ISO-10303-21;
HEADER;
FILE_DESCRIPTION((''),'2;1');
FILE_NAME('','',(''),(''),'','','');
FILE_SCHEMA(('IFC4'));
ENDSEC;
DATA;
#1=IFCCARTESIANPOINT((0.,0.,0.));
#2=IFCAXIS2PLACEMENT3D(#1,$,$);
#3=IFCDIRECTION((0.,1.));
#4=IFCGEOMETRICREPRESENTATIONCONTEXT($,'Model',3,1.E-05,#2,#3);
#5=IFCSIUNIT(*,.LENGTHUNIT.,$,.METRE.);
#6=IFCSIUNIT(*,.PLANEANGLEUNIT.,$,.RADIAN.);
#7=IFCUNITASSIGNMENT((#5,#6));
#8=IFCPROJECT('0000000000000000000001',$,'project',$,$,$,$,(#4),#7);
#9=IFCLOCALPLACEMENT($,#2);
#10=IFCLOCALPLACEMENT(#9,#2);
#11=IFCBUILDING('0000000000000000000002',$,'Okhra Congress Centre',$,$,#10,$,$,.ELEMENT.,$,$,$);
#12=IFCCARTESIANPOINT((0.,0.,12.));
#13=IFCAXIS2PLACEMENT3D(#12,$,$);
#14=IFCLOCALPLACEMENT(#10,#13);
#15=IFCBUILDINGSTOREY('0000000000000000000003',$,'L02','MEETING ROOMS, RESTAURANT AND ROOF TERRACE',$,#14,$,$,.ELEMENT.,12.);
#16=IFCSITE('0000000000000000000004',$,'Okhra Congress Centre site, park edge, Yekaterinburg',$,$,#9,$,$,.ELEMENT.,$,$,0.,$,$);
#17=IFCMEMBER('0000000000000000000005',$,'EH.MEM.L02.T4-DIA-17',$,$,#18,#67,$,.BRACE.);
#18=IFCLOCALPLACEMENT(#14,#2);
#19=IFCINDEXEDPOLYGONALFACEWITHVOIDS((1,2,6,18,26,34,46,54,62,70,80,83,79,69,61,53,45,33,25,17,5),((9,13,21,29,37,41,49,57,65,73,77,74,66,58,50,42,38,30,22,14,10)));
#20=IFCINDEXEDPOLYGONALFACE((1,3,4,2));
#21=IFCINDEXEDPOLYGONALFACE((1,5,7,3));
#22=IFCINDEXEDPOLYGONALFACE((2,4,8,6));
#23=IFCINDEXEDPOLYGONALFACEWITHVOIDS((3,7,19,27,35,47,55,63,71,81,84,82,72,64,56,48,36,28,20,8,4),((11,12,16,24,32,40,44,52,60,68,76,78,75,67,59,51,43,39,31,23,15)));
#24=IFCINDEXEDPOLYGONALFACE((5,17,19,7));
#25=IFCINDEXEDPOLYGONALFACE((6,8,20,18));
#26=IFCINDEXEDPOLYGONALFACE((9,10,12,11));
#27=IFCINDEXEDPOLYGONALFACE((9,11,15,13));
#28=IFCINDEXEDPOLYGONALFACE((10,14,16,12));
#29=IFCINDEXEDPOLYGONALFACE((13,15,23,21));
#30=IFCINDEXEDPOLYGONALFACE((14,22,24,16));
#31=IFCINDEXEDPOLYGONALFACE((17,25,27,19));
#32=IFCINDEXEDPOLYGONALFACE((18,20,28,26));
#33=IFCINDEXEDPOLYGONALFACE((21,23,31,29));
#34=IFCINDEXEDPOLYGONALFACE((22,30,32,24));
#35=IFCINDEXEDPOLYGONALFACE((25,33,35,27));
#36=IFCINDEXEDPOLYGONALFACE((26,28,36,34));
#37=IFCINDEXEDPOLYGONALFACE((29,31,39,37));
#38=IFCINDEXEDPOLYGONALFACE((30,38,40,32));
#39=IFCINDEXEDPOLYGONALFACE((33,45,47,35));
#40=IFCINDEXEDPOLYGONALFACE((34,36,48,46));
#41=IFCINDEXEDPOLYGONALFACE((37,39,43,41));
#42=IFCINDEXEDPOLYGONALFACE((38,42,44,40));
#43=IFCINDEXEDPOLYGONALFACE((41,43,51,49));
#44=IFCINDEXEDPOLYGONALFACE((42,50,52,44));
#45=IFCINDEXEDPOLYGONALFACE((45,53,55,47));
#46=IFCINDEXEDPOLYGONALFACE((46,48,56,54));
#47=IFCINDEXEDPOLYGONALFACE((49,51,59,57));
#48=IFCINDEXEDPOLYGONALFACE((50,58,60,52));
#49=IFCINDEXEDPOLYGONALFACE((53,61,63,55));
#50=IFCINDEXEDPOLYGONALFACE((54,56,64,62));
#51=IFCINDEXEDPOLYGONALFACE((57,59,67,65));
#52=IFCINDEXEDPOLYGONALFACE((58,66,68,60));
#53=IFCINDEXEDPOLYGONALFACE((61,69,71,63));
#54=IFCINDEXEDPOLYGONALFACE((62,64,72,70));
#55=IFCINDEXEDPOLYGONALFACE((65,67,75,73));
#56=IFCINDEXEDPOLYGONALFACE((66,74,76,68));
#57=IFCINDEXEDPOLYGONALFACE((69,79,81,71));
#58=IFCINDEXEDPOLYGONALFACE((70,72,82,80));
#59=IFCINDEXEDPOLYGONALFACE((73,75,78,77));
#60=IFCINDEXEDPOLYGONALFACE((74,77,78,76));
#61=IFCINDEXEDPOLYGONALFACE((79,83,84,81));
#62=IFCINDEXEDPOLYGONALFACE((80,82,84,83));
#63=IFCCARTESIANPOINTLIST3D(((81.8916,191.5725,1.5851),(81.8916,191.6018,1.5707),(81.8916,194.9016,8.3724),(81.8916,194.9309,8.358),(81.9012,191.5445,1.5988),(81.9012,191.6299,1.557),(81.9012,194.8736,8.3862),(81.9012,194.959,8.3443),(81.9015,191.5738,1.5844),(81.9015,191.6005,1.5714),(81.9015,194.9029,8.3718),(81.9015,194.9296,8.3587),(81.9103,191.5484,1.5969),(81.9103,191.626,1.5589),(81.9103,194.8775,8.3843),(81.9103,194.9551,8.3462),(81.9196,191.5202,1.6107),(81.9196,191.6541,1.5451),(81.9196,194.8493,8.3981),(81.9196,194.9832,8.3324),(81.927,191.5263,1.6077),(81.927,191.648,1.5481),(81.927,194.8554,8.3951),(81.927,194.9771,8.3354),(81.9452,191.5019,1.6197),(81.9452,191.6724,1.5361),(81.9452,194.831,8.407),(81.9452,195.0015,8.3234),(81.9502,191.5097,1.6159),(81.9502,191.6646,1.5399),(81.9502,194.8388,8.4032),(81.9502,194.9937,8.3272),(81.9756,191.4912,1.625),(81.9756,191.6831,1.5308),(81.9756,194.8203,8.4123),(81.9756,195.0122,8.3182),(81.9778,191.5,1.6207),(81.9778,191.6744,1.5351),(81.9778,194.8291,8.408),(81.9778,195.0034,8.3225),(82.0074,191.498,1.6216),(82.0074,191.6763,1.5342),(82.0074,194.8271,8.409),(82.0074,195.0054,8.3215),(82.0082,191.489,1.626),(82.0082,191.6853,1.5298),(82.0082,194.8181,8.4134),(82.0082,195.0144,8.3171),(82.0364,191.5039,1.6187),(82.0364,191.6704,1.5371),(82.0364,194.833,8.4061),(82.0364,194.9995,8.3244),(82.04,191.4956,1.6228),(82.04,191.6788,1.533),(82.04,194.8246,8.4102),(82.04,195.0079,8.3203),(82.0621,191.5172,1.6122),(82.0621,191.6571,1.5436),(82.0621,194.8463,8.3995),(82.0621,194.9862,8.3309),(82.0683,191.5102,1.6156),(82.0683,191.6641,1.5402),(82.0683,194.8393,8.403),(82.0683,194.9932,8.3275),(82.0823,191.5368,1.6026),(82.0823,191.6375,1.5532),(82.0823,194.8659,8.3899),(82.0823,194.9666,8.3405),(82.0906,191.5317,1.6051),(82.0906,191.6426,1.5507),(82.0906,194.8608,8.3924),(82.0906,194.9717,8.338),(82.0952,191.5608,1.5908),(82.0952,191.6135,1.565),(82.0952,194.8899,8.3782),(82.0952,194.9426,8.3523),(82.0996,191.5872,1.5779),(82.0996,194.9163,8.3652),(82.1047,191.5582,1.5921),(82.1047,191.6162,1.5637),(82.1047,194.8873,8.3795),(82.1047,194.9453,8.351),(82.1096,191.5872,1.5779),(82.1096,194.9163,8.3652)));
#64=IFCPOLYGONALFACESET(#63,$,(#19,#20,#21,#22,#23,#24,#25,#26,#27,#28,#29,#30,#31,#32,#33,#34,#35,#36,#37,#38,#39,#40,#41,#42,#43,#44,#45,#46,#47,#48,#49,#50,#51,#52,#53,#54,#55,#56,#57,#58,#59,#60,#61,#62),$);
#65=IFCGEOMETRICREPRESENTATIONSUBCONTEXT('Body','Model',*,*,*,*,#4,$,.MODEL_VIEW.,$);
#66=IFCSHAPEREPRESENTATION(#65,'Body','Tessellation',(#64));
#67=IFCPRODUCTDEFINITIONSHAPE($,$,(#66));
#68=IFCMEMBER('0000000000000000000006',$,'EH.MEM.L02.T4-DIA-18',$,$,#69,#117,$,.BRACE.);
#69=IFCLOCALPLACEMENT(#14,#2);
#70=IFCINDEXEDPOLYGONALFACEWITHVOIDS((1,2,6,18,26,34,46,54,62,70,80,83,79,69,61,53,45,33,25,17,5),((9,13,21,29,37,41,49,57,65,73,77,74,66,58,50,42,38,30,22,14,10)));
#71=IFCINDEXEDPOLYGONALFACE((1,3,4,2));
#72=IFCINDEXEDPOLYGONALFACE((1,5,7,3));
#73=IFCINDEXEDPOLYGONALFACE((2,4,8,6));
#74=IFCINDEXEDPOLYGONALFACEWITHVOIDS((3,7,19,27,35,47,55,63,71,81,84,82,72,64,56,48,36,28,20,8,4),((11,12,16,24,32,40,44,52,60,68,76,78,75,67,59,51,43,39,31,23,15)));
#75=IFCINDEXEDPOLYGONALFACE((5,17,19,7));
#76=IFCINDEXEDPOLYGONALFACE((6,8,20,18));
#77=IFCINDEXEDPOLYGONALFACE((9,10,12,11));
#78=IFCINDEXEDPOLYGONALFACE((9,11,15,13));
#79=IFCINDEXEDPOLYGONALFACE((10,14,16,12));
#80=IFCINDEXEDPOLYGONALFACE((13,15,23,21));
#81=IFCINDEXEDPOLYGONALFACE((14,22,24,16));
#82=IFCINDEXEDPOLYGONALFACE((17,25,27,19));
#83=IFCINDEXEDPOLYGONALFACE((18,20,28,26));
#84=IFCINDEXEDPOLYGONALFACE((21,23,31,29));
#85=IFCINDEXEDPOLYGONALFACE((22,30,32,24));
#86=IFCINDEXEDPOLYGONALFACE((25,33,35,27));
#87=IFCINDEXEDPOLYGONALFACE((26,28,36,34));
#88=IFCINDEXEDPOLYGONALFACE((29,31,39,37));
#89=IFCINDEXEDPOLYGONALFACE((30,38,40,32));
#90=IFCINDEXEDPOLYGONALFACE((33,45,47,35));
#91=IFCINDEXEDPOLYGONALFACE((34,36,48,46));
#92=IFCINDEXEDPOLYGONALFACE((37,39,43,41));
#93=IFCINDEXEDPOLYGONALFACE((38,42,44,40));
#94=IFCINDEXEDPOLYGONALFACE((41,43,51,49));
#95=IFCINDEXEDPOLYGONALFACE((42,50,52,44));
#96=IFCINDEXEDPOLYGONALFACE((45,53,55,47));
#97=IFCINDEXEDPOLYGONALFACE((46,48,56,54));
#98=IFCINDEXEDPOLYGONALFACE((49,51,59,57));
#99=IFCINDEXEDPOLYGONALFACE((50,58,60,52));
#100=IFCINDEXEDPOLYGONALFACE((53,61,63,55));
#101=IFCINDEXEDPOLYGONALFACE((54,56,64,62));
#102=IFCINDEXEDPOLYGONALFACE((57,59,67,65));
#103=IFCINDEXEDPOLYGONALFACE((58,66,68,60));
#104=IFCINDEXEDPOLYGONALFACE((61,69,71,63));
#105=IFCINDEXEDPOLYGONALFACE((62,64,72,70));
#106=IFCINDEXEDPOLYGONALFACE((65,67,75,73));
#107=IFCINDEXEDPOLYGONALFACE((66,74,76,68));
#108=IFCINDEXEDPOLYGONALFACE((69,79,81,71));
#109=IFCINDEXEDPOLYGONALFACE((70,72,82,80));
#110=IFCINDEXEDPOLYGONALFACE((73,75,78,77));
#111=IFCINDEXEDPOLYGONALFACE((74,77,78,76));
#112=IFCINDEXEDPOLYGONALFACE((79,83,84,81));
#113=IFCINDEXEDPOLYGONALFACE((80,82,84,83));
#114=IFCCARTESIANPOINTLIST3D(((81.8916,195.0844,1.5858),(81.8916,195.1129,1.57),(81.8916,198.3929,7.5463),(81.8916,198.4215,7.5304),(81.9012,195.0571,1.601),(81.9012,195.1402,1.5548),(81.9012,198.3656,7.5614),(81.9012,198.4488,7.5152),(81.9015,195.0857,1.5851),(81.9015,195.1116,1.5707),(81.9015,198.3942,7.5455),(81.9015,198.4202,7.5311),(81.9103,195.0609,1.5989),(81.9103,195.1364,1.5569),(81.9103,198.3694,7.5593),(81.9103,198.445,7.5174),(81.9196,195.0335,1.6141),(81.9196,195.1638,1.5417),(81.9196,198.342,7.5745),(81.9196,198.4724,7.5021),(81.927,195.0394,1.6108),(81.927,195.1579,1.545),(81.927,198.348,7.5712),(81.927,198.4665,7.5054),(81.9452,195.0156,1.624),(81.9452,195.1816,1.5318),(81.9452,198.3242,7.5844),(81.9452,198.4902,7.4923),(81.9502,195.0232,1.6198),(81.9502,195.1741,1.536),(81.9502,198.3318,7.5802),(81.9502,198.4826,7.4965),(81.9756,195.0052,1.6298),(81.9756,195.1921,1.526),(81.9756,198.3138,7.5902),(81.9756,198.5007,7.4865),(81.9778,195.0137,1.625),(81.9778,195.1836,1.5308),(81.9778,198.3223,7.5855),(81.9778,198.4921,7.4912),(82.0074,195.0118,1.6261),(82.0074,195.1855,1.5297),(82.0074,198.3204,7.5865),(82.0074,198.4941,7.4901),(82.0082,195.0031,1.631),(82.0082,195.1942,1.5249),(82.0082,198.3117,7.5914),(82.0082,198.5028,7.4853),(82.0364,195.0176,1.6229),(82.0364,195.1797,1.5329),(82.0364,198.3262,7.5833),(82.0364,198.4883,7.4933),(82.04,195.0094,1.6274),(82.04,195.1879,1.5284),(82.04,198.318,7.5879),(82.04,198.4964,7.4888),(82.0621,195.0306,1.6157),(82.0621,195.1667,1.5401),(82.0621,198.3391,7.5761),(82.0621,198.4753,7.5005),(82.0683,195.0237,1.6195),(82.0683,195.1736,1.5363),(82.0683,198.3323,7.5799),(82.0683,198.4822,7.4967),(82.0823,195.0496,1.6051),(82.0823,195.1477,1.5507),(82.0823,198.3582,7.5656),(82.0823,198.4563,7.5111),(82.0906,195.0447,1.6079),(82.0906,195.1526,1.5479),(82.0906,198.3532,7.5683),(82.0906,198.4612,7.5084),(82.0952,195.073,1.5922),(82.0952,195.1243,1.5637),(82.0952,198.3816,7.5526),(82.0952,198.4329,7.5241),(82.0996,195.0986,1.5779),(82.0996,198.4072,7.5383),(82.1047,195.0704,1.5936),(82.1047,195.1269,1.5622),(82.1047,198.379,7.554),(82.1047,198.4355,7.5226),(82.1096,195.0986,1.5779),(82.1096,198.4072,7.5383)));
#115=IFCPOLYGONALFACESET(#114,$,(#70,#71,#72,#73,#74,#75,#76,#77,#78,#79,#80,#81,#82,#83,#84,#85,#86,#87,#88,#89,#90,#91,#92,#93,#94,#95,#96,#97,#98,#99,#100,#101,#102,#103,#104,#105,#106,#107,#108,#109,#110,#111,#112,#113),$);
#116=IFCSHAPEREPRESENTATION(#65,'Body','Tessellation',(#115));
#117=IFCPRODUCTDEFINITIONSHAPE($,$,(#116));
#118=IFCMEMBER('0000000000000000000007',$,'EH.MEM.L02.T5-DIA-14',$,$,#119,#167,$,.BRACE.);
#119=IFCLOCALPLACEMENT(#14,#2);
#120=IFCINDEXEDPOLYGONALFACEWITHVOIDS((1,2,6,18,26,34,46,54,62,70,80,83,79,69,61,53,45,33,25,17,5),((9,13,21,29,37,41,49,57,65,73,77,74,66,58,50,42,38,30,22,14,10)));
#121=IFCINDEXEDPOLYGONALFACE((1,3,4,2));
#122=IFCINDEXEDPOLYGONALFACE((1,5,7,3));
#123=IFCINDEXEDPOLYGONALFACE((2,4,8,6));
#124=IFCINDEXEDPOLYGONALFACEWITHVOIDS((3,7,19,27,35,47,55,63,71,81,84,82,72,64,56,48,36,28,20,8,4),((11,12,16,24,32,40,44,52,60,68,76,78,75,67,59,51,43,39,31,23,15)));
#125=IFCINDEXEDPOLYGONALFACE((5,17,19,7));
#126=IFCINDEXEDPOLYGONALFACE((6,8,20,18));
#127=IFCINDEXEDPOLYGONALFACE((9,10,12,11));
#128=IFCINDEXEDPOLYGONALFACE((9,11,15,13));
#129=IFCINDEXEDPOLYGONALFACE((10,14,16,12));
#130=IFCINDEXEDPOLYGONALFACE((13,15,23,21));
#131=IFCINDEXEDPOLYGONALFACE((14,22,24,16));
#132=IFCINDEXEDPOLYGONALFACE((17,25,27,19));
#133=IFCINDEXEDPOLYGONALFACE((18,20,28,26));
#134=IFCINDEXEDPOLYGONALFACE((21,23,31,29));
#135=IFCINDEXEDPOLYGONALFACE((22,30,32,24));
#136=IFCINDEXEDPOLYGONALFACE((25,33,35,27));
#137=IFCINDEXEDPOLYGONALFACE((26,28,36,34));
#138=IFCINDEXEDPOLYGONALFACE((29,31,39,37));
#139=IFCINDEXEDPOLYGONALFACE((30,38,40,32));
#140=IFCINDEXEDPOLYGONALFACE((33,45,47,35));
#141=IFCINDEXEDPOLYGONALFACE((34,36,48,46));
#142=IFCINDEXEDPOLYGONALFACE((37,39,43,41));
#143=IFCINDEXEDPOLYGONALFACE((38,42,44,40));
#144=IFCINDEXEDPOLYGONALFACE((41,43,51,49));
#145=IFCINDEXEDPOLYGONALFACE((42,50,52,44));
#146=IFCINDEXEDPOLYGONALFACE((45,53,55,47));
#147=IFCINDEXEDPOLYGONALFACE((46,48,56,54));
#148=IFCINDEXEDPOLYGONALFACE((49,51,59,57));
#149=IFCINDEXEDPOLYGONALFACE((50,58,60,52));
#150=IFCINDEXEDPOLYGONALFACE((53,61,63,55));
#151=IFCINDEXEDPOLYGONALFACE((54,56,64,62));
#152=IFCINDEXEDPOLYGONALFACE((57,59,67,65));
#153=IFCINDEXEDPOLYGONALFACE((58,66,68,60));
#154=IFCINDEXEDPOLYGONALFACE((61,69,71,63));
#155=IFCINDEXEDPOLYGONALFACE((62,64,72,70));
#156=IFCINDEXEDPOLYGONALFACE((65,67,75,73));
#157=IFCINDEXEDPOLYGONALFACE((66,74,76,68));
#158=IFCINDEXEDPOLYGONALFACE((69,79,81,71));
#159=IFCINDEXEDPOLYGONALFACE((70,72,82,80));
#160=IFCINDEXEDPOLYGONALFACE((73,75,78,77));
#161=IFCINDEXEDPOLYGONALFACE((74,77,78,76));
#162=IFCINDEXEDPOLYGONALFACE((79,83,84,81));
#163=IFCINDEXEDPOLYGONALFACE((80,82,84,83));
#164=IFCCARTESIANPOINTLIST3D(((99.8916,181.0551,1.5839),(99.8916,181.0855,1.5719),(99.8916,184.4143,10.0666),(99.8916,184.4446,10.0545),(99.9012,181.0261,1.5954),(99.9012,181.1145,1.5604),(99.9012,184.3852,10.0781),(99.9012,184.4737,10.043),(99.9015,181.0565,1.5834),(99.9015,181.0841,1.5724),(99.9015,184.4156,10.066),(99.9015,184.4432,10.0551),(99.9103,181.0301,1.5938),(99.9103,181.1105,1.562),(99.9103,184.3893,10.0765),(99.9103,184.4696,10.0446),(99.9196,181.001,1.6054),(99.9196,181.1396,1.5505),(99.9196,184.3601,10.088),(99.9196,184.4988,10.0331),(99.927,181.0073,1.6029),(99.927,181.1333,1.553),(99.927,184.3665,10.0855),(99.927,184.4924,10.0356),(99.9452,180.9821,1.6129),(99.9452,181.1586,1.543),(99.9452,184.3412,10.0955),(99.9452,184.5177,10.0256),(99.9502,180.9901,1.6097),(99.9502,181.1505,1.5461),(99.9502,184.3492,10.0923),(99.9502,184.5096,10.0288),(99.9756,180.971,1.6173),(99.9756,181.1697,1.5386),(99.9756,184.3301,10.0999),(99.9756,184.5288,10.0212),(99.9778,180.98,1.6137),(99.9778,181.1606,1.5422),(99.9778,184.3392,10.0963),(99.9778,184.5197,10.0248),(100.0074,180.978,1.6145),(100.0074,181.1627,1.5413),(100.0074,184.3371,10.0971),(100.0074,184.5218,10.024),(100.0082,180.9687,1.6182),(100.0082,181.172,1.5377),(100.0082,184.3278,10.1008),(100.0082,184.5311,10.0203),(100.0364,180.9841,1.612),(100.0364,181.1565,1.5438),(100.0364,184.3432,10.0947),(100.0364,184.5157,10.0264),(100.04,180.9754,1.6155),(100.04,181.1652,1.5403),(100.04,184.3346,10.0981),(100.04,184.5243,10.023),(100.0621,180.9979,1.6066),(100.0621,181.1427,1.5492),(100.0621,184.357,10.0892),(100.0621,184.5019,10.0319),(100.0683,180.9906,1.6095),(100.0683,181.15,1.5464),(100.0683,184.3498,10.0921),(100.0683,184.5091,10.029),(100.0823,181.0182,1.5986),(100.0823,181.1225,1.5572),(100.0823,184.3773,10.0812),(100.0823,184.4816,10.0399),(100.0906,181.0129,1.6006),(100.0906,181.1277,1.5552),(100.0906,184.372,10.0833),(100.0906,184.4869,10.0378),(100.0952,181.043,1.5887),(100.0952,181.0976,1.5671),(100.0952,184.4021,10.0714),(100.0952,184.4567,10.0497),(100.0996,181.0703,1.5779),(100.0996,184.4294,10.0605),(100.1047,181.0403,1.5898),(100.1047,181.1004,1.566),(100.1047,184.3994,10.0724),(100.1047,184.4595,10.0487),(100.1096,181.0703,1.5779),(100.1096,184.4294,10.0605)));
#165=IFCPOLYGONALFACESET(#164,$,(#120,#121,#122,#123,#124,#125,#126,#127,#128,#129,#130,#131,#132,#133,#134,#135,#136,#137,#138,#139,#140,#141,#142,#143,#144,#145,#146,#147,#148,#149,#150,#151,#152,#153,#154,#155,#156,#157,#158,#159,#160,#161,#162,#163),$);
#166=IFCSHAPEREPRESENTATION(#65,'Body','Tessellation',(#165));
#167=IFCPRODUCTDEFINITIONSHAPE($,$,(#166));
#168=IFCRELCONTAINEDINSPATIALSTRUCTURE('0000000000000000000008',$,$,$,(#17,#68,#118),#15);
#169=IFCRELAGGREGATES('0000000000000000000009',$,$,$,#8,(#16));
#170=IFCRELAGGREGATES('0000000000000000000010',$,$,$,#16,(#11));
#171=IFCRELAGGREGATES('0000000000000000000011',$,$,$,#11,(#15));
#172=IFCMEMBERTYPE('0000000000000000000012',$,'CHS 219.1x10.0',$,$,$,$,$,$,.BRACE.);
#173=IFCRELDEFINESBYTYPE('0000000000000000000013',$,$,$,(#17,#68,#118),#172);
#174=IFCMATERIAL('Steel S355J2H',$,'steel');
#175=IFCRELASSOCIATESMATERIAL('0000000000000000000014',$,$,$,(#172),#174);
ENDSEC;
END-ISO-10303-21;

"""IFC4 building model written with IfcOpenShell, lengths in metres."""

from ifc_helpers import new_model, si_unit, direction, frame, origin, origin_2d, place, context, subcontext, project, spatial, hollow_circle, extrude, material, material_profile, profile_set, type_object, element, save


model = new_model("IFC4")

# Units and contexts
model_context = context("Model", 3, precision=1e-05, world=origin(), true_north=direction((0.0, 1.0)))
body_context = subcontext(model_context, "Body", "Model", "MODEL_VIEW")
ifc_project = project(units=[si_unit("LENGTHUNIT", "METRE"), si_unit("PLANEANGLEUNIT", "RADIAN")], contexts=[model_context])

# Site, building, storey
site_placement = place(None, origin())
site = spatial("IfcSite", under=ifc_project, at=site_placement, Name="Okhra Congress Centre site, park edge, Yekaterinburg", CompositionType="ELEMENT", RefElevation=0.0)
building_placement = place(site_placement, origin())
building = spatial("IfcBuilding", under=site, at=building_placement, Name="Okhra Congress Centre", CompositionType="ELEMENT")
storey_placement = place(building_placement, frame((0.0, 0.0, 12.0)))
storey = spatial("IfcBuildingStorey", under=building, at=storey_placement, Name="L02", Description="MEETING ROOMS, RESTAURANT AND ROOF TERRACE", CompositionType="ELEMENT", Elevation=12.0)

# Members
ifc_material_1 = material(Name="Steel S355J2H", Category="steel")
ifc_material_profile_1 = material_profile(ifc_material_1, hollow_circle(Radius=0.1096, WallThickness=0.01, at=origin_2d()), Name="CHS 219.1x10.0")
ifc_profile_set_1 = profile_set([ifc_material_profile_1], Name="Steel S355J2H")
member_type_1 = type_object("IfcMemberType", Name="CHS 219.1x10.0", PredefinedType="BRACE", material=ifc_profile_set_1)
member_1_placement = place(storey_placement, frame((82.0, 194.9163, 8.3652), z_axis=(0.0, -0.440367, -0.897818), x_axis=(1.0, 0.0, 0.0)))
element("IfcMember", 1, at=member_1_placement, inside=storey, type_object=member_type_1, Name="EH.MEM.L02.T4-DIA-17", PredefinedType="BRACE", context=body_context, shape_type="SweptSolid", body=[
    extrude(hollow_circle(Radius=0.1096, WallThickness=0.01, at=origin_2d()), origin(), (0.0, 0.0, 1.0), 7.5598),
])
member_2_placement = place(storey_placement, frame((82.0, 198.4072, 7.5383), z_axis=(0.0, -0.485333, -0.87433), x_axis=(1.0, 0.0, 0.0)))
element("IfcMember", 2, at=member_2_placement, inside=storey, type_object=member_type_1, Name="EH.MEM.L02.T4-DIA-18", PredefinedType="BRACE", context=body_context, shape_type="SweptSolid", body=[
    extrude(hollow_circle(Radius=0.1096, WallThickness=0.01, at=origin_2d()), origin(), (0.0, 0.0, 1.0), 6.8171),
])
member_3_placement = place(storey_placement, frame((100.0, 184.4294, 10.0605), z_axis=(0.0, -0.368182, -0.929754), x_axis=(1.0, 0.0, 0.0)))
element("IfcMember", 3, at=member_3_placement, inside=storey, type_object=member_type_1, Name="EH.MEM.L02.T5-DIA-14", PredefinedType="BRACE", context=body_context, shape_type="SweptSolid", body=[
    extrude(hollow_circle(Radius=0.1096, WallThickness=0.01, at=origin_2d()), origin(), (0.0, 0.0, 1.0), 9.1235),
])

save(model, "model.ifc")
